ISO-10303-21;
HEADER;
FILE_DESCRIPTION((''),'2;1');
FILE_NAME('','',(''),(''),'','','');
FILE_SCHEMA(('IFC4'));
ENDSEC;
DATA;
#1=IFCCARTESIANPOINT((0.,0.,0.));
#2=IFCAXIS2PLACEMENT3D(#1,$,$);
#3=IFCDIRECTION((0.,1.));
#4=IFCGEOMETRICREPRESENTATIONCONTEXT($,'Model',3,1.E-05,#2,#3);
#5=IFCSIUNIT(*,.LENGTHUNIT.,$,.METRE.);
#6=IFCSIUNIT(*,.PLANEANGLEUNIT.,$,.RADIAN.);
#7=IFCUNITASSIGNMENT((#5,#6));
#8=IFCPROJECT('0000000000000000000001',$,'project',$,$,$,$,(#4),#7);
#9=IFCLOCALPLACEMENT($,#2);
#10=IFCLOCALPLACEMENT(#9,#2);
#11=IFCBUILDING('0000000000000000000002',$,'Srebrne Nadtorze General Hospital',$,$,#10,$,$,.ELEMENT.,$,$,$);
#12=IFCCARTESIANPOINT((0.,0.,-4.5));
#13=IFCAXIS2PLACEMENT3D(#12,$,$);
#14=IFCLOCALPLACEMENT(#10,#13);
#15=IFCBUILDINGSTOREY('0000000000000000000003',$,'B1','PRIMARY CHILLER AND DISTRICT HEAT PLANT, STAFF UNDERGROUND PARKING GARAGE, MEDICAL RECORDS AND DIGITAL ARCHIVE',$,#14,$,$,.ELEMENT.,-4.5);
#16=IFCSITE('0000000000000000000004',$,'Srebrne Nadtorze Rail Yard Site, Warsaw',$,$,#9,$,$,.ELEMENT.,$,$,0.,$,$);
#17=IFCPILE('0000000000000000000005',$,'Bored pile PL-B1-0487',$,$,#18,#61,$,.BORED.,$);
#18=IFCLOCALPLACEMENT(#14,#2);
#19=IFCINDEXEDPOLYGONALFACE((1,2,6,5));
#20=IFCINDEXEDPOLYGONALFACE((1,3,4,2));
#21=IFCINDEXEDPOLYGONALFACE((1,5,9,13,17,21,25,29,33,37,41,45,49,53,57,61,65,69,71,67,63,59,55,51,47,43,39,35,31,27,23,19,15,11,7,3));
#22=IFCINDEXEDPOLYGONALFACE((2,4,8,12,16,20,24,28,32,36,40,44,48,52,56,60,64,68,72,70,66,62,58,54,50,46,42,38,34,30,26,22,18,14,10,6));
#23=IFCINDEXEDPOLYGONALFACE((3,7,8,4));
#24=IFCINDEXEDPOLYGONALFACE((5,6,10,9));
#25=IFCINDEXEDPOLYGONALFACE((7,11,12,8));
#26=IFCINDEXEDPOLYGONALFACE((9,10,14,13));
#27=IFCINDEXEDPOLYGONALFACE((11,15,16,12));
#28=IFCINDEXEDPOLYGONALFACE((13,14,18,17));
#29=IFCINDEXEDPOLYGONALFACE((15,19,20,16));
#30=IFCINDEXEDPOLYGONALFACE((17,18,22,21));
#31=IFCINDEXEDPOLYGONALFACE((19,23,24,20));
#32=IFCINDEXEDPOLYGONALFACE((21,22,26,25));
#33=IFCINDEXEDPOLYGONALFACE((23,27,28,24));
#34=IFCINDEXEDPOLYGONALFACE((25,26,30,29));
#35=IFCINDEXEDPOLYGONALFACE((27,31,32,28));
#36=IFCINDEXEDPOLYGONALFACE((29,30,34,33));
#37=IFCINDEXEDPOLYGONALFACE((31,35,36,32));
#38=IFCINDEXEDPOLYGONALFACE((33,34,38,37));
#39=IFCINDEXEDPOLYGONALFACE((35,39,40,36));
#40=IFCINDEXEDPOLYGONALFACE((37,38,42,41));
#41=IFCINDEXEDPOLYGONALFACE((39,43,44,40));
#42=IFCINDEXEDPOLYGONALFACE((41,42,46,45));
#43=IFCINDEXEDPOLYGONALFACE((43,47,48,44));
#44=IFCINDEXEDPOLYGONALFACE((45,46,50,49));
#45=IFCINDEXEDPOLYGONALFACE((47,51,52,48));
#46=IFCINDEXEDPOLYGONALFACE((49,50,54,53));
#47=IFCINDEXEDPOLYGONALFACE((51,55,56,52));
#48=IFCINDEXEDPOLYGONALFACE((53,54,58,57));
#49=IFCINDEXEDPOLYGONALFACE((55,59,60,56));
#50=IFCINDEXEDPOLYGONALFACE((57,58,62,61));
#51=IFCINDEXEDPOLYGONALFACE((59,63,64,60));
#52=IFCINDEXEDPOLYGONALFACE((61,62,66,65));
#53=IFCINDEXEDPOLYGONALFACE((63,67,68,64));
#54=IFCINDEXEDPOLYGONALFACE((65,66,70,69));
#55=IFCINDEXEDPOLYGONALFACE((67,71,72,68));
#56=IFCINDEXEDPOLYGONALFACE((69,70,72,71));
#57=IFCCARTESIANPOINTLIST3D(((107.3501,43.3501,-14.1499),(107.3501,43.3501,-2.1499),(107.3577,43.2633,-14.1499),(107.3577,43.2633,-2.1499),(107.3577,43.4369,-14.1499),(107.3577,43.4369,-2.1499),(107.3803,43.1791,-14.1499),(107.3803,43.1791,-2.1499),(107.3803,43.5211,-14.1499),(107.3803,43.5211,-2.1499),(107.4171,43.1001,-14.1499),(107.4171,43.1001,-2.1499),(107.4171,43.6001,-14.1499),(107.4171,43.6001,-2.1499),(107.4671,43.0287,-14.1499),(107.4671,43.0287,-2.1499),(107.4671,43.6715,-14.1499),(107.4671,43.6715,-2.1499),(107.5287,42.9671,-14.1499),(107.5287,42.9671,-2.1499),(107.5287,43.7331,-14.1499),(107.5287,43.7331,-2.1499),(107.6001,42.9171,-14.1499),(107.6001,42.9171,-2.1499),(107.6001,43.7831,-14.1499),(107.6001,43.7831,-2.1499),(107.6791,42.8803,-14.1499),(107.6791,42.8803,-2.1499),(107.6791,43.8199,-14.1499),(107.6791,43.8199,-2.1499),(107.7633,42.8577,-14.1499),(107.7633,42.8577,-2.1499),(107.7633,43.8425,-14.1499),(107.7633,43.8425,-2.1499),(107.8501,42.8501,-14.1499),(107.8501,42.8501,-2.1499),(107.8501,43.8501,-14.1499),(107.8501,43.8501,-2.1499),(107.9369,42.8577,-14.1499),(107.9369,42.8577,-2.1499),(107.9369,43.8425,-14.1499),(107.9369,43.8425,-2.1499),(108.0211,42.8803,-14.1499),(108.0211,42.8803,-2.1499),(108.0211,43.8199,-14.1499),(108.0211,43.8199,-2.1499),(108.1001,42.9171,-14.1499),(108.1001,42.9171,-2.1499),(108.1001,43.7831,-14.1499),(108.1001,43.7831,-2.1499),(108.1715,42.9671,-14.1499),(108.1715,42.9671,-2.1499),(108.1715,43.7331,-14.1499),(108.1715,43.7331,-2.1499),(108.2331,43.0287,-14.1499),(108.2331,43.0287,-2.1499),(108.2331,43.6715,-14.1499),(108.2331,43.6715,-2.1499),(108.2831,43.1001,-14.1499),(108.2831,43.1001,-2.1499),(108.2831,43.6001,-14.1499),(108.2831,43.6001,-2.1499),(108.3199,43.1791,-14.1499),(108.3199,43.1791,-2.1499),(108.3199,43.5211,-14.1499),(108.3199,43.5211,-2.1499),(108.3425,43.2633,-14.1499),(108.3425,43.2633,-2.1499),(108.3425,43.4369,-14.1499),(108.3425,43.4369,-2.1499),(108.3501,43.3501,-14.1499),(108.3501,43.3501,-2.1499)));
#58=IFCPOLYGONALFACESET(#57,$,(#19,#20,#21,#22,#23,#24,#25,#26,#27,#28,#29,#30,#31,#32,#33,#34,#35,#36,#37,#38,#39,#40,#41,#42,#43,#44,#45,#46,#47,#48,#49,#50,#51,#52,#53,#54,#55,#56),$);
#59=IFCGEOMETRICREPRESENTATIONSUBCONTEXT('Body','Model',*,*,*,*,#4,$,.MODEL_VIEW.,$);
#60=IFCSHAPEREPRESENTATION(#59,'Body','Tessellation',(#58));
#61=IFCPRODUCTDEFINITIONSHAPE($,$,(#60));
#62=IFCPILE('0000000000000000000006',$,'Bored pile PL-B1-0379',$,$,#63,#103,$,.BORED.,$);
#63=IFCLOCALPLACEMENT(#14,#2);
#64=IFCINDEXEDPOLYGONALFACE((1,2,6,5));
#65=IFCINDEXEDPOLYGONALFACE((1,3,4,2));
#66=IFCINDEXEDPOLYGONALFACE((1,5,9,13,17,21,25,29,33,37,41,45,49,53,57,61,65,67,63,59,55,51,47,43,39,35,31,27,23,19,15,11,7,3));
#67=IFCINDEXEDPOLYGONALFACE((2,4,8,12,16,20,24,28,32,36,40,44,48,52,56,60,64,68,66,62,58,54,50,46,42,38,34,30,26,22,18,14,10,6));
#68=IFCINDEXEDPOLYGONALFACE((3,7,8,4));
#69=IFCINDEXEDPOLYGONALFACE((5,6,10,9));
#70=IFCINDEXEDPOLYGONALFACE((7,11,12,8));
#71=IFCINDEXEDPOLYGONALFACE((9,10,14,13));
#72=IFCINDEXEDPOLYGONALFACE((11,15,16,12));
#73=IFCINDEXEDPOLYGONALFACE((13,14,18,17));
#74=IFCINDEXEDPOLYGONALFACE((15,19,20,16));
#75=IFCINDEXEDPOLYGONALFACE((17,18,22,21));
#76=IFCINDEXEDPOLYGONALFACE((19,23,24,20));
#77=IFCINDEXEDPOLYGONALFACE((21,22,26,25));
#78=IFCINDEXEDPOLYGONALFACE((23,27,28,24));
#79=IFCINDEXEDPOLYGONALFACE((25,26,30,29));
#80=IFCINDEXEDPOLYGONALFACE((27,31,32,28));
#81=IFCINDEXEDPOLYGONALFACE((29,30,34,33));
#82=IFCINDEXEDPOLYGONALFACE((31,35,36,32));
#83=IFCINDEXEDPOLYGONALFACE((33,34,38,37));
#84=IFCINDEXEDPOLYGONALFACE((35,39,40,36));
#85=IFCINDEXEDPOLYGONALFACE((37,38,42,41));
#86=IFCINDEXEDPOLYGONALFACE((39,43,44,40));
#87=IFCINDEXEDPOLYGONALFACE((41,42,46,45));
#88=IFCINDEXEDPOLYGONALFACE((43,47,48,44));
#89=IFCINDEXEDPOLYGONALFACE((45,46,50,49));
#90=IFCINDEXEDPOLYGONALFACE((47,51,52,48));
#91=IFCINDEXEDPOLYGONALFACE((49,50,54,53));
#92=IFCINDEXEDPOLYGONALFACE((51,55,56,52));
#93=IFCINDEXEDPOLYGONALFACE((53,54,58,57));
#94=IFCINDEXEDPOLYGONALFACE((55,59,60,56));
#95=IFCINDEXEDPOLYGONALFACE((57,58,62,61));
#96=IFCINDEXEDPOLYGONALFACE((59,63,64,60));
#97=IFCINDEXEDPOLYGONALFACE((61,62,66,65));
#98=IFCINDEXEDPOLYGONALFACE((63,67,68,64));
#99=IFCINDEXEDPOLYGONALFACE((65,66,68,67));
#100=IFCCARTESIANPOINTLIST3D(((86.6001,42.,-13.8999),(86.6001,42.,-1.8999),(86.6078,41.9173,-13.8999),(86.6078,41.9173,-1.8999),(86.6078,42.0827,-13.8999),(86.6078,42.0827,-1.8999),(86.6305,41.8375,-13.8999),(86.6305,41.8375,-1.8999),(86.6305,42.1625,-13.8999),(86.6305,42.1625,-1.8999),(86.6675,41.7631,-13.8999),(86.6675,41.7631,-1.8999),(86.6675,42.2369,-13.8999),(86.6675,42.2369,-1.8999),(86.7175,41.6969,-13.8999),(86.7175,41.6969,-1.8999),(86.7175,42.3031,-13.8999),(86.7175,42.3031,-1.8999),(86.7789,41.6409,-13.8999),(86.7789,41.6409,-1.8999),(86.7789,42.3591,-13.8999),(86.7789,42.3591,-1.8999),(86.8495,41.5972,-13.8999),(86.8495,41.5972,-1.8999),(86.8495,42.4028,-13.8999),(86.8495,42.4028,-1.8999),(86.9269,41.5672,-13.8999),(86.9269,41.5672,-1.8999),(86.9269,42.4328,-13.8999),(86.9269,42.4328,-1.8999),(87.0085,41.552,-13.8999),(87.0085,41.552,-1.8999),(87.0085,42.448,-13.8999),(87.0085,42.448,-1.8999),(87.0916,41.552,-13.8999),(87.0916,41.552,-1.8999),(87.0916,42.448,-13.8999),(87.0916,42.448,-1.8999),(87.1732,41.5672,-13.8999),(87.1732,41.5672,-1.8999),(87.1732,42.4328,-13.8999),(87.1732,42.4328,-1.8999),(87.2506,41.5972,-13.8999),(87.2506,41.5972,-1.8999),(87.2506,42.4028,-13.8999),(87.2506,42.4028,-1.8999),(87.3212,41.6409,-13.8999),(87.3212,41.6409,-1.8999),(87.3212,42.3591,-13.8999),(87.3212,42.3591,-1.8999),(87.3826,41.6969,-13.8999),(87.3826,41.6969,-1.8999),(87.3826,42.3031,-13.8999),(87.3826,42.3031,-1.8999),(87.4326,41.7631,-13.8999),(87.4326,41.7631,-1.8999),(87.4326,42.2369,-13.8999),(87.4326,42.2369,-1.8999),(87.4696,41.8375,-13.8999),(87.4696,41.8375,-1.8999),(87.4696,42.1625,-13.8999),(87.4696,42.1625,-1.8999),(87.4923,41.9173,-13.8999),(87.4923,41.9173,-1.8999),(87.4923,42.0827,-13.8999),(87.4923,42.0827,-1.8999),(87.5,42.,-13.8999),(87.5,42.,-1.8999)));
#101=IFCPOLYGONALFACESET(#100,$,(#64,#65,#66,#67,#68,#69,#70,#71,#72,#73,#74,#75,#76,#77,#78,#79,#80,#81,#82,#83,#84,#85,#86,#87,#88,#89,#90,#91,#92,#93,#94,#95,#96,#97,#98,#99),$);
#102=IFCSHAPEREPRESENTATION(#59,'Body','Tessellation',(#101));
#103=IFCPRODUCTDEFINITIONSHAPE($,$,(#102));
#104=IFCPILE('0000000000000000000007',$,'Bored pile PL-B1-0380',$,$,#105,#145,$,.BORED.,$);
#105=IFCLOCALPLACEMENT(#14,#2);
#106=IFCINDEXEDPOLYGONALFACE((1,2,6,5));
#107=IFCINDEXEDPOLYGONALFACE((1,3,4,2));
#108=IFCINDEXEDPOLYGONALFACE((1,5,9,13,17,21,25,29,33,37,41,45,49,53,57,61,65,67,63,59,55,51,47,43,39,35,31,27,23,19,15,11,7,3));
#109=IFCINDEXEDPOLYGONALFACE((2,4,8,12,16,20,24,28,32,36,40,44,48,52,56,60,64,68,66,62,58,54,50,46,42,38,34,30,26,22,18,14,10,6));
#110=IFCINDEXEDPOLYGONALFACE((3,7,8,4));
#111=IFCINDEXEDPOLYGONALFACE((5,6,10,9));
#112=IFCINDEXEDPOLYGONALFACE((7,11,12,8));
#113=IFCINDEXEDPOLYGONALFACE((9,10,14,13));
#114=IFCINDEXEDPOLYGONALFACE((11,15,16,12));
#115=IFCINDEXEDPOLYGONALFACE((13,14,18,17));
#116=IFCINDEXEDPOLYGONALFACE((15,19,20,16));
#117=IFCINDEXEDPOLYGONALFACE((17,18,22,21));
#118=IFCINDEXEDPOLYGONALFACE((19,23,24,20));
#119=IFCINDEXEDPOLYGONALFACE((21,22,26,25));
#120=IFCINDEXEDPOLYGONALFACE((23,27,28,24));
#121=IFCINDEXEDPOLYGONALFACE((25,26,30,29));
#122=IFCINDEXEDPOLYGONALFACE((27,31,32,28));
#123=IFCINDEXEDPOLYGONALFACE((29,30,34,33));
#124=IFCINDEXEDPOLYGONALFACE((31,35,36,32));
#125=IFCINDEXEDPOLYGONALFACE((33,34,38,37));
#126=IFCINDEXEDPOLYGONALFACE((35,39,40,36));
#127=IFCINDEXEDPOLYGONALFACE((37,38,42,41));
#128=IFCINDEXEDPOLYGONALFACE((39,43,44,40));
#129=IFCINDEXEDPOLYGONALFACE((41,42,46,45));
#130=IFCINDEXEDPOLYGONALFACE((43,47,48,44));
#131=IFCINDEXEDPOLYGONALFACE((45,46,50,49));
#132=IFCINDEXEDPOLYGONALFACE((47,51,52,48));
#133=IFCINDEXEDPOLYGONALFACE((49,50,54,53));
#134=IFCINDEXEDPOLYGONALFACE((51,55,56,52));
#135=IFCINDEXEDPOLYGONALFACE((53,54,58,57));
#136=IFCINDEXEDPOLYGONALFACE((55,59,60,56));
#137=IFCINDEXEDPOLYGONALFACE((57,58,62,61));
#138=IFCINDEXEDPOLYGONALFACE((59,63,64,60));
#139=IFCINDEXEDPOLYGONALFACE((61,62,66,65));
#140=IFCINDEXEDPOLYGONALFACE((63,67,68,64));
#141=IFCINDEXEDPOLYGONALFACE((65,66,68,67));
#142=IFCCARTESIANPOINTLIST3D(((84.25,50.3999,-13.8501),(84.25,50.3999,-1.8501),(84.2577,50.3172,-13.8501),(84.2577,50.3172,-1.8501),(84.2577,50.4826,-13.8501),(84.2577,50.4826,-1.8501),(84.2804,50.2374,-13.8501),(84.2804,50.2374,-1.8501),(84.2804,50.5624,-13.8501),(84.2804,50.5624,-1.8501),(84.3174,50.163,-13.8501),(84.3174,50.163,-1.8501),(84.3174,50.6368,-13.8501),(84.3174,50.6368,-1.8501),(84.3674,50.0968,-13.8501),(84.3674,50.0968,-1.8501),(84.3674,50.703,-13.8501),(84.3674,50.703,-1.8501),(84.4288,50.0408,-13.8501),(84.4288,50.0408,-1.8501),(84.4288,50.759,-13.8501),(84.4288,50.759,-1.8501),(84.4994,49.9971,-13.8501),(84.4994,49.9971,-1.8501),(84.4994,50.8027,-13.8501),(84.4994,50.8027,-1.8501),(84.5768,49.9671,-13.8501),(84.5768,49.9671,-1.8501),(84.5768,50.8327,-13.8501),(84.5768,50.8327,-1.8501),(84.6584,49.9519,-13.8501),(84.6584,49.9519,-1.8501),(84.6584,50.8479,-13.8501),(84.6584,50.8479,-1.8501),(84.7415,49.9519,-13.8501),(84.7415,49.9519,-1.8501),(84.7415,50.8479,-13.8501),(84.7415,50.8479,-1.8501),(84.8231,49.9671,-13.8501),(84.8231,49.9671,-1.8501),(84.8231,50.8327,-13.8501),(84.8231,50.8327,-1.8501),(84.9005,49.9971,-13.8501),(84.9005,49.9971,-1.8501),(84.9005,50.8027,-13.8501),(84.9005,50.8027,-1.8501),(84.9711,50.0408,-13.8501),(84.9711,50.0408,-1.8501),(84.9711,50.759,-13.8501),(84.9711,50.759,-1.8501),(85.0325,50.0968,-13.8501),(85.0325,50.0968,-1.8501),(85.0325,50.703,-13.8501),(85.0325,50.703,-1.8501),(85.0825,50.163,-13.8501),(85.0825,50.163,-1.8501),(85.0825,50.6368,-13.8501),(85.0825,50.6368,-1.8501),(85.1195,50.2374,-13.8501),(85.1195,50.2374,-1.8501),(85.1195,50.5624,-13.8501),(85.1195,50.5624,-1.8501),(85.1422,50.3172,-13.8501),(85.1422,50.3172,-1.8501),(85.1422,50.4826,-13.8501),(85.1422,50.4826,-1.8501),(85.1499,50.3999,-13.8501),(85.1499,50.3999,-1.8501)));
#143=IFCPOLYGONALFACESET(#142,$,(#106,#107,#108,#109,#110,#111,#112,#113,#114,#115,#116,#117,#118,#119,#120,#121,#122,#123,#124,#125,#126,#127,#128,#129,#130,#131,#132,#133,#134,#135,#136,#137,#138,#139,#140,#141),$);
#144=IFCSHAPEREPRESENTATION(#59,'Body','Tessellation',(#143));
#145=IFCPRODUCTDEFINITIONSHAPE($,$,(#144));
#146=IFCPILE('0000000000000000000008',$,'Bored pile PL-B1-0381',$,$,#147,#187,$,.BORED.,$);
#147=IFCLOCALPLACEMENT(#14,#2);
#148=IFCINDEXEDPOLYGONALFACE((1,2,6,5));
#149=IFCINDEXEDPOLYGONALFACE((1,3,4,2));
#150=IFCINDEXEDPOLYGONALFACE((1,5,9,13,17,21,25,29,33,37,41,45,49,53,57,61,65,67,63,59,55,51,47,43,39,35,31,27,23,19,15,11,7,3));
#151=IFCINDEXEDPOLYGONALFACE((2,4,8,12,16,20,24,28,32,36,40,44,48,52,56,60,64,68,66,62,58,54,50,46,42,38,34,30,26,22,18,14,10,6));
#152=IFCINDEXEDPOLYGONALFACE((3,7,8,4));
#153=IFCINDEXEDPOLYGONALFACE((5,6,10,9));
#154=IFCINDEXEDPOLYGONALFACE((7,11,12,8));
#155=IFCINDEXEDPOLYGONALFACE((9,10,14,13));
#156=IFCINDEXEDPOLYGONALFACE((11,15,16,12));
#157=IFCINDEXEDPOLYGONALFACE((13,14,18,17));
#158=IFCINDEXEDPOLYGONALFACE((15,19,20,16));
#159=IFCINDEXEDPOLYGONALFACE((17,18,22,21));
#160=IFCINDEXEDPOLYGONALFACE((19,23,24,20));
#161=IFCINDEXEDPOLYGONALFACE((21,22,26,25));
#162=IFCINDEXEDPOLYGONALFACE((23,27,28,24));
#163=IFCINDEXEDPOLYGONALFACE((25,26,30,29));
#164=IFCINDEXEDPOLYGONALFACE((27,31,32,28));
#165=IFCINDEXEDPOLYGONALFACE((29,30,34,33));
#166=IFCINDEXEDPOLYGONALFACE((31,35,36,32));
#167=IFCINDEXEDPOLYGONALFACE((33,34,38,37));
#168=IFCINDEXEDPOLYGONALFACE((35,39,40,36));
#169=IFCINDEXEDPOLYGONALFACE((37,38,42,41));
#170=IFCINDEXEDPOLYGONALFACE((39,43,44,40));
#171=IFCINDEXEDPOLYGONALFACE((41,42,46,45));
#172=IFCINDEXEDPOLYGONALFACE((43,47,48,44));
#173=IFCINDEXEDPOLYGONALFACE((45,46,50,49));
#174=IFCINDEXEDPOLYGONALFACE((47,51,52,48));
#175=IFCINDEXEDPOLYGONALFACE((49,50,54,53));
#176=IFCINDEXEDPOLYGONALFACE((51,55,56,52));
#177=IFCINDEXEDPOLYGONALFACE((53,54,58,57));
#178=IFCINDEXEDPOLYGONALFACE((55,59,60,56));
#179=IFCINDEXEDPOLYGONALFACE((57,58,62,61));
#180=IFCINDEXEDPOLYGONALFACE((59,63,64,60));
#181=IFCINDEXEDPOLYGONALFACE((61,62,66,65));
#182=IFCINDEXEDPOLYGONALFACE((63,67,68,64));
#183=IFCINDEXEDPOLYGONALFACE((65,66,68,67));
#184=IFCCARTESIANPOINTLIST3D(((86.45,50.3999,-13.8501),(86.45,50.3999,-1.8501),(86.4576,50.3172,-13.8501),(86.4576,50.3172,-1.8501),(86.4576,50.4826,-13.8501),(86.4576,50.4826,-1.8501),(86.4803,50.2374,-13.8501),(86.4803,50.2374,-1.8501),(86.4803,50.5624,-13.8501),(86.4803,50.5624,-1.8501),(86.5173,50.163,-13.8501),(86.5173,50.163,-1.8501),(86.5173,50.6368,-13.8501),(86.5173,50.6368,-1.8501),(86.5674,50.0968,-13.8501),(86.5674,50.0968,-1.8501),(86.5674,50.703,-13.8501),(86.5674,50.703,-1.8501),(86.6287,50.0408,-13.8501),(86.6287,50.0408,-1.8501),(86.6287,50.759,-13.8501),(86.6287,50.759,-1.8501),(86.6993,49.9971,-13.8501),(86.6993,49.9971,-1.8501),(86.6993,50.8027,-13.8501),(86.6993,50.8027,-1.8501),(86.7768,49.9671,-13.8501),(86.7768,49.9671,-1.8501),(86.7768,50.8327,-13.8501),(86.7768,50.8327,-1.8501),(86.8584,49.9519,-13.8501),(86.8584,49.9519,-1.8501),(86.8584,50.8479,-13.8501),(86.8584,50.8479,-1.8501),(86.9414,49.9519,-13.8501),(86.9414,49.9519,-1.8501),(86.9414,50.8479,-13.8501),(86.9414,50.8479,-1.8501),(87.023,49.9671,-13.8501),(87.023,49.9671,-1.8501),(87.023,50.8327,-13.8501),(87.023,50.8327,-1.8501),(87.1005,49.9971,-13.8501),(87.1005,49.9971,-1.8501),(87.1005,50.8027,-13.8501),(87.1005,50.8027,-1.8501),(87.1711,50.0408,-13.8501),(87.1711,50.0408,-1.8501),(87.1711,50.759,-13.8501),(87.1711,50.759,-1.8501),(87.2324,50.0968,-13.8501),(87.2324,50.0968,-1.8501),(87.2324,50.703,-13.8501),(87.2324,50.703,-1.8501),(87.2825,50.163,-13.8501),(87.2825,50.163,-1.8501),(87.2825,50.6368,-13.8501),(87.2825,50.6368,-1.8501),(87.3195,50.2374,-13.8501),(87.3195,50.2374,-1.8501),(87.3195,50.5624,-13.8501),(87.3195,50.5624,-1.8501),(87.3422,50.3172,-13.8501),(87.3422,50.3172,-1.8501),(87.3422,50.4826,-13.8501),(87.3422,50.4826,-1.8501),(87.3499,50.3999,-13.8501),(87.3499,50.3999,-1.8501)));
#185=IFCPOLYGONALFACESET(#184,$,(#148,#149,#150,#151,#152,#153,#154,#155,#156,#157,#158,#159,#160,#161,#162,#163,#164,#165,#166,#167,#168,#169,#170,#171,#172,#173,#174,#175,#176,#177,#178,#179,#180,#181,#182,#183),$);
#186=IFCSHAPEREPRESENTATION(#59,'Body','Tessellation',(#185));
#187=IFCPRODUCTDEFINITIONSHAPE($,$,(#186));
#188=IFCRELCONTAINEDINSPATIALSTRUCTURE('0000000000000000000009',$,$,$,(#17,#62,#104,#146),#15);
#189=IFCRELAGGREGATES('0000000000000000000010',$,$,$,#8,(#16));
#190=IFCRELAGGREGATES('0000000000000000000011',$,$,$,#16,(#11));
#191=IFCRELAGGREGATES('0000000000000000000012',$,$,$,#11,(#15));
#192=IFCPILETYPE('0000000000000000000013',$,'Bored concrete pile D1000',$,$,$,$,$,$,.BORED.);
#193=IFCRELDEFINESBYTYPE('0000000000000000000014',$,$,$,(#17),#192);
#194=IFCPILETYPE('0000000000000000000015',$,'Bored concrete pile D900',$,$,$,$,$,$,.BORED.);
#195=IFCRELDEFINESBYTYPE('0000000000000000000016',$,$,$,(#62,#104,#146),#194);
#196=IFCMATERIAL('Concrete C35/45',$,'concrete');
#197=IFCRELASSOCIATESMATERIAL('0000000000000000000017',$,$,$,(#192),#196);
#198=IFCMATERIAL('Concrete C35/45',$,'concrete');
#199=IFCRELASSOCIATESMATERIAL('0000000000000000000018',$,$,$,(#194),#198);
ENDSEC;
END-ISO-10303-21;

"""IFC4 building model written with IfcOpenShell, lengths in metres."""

from ifc_helpers import new_model, si_unit, direction, frame, origin, origin_2d, place, context, subcontext, project, spatial, circle, extrude, material, material_profile, profile_set, type_object, element, save


model = new_model("IFC4")

# Units and contexts
model_context = context("Model", 3, precision=1e-05, world=origin(), true_north=direction((0.0, 1.0)))
body_context = subcontext(model_context, "Body", "Model", "MODEL_VIEW")
ifc_project = project(units=[si_unit("LENGTHUNIT", "METRE"), si_unit("PLANEANGLEUNIT", "RADIAN")], contexts=[model_context])

# Site, building, storey
site_placement = place(None, origin())
site = spatial("IfcSite", under=ifc_project, at=site_placement, Name="Srebrne Nadtorze Rail Yard Site, Warsaw", CompositionType="ELEMENT", RefElevation=0.0)
building_placement = place(site_placement, origin())
building = spatial("IfcBuilding", under=site, at=building_placement, Name="Srebrne Nadtorze General Hospital", CompositionType="ELEMENT")
storey_placement = place(building_placement, frame((0.0, 0.0, -4.5)))
storey = spatial("IfcBuildingStorey", under=building, at=storey_placement, Name="B1", Description="PRIMARY CHILLER AND DISTRICT HEAT PLANT, STAFF UNDERGROUND PARKING GARAGE, MEDICAL RECORDS AND DIGITAL ARCHIVE", CompositionType="ELEMENT", Elevation=-4.5)

# Piles
ifc_material_1 = material(Name="Concrete C35/45", Category="concrete")
ifc_material_profile_1 = material_profile(ifc_material_1, circle(Radius=0.5, at=origin_2d()), Name="PILE-D1000")
ifc_profile_set_1 = profile_set([ifc_material_profile_1], Name="Concrete C35/45")
pile_type_1 = type_object("IfcPileType", Name="Bored concrete pile D1000", PredefinedType="BORED", material=ifc_profile_set_1)
pile_placement = place(storey_placement, frame((107.8501, 43.3501, -2.1499), z_axis=(0.0, 0.0, -1.0), x_axis=(1.0, 0.0, 0.0)))
element("IfcPile", 1, at=pile_placement, inside=storey, type_object=pile_type_1, Name="Bored pile PL-B1-0487", PredefinedType="BORED", context=body_context, shape_type="SweptSolid", body=[
    extrude(circle(Radius=0.5, at=origin_2d()), origin(), (0.0, 0.0, 1.0), 12.0),
])
ifc_material_2 = material(Name="Concrete C35/45", Category="concrete")
ifc_material_profile_2 = material_profile(ifc_material_2, circle(Radius=0.45, at=origin_2d()), Name="PILE-D900")
ifc_profile_set_2 = profile_set([ifc_material_profile_2], Name="Concrete C35/45")
pile_type_2 = type_object("IfcPileType", Name="Bored concrete pile D900", PredefinedType="BORED", material=ifc_profile_set_2)
for number, where, z_axis, x_axis, name in (
    (2, (87.05, 42.0, -1.8999), (0.0, 0.0, -1.0), (1.0, 0.0, 0.0), "Bored pile PL-B1-0379"),
    (3, (84.7, 50.3999, -1.8501), (0.0, 0.0, -1.0), (1.0, 0.0, 0.0), "Bored pile PL-B1-0380"),
    (4, (86.8999, 50.3999, -1.8501), (0.0, 0.0, -1.0), (1.0, 0.0, 0.0), "Bored pile PL-B1-0381"),
):
    element("IfcPile", number, at=place(storey_placement, frame(where, z_axis=z_axis, x_axis=x_axis)), inside=storey, type_object=pile_type_2, Name=name, PredefinedType="BORED", context=body_context, shape_type="SweptSolid", body=[
        extrude(circle(Radius=0.45, at=origin_2d()), origin(), (0.0, 0.0, 1.0), 12.0),
    ])

save(model, "model.ifc")
